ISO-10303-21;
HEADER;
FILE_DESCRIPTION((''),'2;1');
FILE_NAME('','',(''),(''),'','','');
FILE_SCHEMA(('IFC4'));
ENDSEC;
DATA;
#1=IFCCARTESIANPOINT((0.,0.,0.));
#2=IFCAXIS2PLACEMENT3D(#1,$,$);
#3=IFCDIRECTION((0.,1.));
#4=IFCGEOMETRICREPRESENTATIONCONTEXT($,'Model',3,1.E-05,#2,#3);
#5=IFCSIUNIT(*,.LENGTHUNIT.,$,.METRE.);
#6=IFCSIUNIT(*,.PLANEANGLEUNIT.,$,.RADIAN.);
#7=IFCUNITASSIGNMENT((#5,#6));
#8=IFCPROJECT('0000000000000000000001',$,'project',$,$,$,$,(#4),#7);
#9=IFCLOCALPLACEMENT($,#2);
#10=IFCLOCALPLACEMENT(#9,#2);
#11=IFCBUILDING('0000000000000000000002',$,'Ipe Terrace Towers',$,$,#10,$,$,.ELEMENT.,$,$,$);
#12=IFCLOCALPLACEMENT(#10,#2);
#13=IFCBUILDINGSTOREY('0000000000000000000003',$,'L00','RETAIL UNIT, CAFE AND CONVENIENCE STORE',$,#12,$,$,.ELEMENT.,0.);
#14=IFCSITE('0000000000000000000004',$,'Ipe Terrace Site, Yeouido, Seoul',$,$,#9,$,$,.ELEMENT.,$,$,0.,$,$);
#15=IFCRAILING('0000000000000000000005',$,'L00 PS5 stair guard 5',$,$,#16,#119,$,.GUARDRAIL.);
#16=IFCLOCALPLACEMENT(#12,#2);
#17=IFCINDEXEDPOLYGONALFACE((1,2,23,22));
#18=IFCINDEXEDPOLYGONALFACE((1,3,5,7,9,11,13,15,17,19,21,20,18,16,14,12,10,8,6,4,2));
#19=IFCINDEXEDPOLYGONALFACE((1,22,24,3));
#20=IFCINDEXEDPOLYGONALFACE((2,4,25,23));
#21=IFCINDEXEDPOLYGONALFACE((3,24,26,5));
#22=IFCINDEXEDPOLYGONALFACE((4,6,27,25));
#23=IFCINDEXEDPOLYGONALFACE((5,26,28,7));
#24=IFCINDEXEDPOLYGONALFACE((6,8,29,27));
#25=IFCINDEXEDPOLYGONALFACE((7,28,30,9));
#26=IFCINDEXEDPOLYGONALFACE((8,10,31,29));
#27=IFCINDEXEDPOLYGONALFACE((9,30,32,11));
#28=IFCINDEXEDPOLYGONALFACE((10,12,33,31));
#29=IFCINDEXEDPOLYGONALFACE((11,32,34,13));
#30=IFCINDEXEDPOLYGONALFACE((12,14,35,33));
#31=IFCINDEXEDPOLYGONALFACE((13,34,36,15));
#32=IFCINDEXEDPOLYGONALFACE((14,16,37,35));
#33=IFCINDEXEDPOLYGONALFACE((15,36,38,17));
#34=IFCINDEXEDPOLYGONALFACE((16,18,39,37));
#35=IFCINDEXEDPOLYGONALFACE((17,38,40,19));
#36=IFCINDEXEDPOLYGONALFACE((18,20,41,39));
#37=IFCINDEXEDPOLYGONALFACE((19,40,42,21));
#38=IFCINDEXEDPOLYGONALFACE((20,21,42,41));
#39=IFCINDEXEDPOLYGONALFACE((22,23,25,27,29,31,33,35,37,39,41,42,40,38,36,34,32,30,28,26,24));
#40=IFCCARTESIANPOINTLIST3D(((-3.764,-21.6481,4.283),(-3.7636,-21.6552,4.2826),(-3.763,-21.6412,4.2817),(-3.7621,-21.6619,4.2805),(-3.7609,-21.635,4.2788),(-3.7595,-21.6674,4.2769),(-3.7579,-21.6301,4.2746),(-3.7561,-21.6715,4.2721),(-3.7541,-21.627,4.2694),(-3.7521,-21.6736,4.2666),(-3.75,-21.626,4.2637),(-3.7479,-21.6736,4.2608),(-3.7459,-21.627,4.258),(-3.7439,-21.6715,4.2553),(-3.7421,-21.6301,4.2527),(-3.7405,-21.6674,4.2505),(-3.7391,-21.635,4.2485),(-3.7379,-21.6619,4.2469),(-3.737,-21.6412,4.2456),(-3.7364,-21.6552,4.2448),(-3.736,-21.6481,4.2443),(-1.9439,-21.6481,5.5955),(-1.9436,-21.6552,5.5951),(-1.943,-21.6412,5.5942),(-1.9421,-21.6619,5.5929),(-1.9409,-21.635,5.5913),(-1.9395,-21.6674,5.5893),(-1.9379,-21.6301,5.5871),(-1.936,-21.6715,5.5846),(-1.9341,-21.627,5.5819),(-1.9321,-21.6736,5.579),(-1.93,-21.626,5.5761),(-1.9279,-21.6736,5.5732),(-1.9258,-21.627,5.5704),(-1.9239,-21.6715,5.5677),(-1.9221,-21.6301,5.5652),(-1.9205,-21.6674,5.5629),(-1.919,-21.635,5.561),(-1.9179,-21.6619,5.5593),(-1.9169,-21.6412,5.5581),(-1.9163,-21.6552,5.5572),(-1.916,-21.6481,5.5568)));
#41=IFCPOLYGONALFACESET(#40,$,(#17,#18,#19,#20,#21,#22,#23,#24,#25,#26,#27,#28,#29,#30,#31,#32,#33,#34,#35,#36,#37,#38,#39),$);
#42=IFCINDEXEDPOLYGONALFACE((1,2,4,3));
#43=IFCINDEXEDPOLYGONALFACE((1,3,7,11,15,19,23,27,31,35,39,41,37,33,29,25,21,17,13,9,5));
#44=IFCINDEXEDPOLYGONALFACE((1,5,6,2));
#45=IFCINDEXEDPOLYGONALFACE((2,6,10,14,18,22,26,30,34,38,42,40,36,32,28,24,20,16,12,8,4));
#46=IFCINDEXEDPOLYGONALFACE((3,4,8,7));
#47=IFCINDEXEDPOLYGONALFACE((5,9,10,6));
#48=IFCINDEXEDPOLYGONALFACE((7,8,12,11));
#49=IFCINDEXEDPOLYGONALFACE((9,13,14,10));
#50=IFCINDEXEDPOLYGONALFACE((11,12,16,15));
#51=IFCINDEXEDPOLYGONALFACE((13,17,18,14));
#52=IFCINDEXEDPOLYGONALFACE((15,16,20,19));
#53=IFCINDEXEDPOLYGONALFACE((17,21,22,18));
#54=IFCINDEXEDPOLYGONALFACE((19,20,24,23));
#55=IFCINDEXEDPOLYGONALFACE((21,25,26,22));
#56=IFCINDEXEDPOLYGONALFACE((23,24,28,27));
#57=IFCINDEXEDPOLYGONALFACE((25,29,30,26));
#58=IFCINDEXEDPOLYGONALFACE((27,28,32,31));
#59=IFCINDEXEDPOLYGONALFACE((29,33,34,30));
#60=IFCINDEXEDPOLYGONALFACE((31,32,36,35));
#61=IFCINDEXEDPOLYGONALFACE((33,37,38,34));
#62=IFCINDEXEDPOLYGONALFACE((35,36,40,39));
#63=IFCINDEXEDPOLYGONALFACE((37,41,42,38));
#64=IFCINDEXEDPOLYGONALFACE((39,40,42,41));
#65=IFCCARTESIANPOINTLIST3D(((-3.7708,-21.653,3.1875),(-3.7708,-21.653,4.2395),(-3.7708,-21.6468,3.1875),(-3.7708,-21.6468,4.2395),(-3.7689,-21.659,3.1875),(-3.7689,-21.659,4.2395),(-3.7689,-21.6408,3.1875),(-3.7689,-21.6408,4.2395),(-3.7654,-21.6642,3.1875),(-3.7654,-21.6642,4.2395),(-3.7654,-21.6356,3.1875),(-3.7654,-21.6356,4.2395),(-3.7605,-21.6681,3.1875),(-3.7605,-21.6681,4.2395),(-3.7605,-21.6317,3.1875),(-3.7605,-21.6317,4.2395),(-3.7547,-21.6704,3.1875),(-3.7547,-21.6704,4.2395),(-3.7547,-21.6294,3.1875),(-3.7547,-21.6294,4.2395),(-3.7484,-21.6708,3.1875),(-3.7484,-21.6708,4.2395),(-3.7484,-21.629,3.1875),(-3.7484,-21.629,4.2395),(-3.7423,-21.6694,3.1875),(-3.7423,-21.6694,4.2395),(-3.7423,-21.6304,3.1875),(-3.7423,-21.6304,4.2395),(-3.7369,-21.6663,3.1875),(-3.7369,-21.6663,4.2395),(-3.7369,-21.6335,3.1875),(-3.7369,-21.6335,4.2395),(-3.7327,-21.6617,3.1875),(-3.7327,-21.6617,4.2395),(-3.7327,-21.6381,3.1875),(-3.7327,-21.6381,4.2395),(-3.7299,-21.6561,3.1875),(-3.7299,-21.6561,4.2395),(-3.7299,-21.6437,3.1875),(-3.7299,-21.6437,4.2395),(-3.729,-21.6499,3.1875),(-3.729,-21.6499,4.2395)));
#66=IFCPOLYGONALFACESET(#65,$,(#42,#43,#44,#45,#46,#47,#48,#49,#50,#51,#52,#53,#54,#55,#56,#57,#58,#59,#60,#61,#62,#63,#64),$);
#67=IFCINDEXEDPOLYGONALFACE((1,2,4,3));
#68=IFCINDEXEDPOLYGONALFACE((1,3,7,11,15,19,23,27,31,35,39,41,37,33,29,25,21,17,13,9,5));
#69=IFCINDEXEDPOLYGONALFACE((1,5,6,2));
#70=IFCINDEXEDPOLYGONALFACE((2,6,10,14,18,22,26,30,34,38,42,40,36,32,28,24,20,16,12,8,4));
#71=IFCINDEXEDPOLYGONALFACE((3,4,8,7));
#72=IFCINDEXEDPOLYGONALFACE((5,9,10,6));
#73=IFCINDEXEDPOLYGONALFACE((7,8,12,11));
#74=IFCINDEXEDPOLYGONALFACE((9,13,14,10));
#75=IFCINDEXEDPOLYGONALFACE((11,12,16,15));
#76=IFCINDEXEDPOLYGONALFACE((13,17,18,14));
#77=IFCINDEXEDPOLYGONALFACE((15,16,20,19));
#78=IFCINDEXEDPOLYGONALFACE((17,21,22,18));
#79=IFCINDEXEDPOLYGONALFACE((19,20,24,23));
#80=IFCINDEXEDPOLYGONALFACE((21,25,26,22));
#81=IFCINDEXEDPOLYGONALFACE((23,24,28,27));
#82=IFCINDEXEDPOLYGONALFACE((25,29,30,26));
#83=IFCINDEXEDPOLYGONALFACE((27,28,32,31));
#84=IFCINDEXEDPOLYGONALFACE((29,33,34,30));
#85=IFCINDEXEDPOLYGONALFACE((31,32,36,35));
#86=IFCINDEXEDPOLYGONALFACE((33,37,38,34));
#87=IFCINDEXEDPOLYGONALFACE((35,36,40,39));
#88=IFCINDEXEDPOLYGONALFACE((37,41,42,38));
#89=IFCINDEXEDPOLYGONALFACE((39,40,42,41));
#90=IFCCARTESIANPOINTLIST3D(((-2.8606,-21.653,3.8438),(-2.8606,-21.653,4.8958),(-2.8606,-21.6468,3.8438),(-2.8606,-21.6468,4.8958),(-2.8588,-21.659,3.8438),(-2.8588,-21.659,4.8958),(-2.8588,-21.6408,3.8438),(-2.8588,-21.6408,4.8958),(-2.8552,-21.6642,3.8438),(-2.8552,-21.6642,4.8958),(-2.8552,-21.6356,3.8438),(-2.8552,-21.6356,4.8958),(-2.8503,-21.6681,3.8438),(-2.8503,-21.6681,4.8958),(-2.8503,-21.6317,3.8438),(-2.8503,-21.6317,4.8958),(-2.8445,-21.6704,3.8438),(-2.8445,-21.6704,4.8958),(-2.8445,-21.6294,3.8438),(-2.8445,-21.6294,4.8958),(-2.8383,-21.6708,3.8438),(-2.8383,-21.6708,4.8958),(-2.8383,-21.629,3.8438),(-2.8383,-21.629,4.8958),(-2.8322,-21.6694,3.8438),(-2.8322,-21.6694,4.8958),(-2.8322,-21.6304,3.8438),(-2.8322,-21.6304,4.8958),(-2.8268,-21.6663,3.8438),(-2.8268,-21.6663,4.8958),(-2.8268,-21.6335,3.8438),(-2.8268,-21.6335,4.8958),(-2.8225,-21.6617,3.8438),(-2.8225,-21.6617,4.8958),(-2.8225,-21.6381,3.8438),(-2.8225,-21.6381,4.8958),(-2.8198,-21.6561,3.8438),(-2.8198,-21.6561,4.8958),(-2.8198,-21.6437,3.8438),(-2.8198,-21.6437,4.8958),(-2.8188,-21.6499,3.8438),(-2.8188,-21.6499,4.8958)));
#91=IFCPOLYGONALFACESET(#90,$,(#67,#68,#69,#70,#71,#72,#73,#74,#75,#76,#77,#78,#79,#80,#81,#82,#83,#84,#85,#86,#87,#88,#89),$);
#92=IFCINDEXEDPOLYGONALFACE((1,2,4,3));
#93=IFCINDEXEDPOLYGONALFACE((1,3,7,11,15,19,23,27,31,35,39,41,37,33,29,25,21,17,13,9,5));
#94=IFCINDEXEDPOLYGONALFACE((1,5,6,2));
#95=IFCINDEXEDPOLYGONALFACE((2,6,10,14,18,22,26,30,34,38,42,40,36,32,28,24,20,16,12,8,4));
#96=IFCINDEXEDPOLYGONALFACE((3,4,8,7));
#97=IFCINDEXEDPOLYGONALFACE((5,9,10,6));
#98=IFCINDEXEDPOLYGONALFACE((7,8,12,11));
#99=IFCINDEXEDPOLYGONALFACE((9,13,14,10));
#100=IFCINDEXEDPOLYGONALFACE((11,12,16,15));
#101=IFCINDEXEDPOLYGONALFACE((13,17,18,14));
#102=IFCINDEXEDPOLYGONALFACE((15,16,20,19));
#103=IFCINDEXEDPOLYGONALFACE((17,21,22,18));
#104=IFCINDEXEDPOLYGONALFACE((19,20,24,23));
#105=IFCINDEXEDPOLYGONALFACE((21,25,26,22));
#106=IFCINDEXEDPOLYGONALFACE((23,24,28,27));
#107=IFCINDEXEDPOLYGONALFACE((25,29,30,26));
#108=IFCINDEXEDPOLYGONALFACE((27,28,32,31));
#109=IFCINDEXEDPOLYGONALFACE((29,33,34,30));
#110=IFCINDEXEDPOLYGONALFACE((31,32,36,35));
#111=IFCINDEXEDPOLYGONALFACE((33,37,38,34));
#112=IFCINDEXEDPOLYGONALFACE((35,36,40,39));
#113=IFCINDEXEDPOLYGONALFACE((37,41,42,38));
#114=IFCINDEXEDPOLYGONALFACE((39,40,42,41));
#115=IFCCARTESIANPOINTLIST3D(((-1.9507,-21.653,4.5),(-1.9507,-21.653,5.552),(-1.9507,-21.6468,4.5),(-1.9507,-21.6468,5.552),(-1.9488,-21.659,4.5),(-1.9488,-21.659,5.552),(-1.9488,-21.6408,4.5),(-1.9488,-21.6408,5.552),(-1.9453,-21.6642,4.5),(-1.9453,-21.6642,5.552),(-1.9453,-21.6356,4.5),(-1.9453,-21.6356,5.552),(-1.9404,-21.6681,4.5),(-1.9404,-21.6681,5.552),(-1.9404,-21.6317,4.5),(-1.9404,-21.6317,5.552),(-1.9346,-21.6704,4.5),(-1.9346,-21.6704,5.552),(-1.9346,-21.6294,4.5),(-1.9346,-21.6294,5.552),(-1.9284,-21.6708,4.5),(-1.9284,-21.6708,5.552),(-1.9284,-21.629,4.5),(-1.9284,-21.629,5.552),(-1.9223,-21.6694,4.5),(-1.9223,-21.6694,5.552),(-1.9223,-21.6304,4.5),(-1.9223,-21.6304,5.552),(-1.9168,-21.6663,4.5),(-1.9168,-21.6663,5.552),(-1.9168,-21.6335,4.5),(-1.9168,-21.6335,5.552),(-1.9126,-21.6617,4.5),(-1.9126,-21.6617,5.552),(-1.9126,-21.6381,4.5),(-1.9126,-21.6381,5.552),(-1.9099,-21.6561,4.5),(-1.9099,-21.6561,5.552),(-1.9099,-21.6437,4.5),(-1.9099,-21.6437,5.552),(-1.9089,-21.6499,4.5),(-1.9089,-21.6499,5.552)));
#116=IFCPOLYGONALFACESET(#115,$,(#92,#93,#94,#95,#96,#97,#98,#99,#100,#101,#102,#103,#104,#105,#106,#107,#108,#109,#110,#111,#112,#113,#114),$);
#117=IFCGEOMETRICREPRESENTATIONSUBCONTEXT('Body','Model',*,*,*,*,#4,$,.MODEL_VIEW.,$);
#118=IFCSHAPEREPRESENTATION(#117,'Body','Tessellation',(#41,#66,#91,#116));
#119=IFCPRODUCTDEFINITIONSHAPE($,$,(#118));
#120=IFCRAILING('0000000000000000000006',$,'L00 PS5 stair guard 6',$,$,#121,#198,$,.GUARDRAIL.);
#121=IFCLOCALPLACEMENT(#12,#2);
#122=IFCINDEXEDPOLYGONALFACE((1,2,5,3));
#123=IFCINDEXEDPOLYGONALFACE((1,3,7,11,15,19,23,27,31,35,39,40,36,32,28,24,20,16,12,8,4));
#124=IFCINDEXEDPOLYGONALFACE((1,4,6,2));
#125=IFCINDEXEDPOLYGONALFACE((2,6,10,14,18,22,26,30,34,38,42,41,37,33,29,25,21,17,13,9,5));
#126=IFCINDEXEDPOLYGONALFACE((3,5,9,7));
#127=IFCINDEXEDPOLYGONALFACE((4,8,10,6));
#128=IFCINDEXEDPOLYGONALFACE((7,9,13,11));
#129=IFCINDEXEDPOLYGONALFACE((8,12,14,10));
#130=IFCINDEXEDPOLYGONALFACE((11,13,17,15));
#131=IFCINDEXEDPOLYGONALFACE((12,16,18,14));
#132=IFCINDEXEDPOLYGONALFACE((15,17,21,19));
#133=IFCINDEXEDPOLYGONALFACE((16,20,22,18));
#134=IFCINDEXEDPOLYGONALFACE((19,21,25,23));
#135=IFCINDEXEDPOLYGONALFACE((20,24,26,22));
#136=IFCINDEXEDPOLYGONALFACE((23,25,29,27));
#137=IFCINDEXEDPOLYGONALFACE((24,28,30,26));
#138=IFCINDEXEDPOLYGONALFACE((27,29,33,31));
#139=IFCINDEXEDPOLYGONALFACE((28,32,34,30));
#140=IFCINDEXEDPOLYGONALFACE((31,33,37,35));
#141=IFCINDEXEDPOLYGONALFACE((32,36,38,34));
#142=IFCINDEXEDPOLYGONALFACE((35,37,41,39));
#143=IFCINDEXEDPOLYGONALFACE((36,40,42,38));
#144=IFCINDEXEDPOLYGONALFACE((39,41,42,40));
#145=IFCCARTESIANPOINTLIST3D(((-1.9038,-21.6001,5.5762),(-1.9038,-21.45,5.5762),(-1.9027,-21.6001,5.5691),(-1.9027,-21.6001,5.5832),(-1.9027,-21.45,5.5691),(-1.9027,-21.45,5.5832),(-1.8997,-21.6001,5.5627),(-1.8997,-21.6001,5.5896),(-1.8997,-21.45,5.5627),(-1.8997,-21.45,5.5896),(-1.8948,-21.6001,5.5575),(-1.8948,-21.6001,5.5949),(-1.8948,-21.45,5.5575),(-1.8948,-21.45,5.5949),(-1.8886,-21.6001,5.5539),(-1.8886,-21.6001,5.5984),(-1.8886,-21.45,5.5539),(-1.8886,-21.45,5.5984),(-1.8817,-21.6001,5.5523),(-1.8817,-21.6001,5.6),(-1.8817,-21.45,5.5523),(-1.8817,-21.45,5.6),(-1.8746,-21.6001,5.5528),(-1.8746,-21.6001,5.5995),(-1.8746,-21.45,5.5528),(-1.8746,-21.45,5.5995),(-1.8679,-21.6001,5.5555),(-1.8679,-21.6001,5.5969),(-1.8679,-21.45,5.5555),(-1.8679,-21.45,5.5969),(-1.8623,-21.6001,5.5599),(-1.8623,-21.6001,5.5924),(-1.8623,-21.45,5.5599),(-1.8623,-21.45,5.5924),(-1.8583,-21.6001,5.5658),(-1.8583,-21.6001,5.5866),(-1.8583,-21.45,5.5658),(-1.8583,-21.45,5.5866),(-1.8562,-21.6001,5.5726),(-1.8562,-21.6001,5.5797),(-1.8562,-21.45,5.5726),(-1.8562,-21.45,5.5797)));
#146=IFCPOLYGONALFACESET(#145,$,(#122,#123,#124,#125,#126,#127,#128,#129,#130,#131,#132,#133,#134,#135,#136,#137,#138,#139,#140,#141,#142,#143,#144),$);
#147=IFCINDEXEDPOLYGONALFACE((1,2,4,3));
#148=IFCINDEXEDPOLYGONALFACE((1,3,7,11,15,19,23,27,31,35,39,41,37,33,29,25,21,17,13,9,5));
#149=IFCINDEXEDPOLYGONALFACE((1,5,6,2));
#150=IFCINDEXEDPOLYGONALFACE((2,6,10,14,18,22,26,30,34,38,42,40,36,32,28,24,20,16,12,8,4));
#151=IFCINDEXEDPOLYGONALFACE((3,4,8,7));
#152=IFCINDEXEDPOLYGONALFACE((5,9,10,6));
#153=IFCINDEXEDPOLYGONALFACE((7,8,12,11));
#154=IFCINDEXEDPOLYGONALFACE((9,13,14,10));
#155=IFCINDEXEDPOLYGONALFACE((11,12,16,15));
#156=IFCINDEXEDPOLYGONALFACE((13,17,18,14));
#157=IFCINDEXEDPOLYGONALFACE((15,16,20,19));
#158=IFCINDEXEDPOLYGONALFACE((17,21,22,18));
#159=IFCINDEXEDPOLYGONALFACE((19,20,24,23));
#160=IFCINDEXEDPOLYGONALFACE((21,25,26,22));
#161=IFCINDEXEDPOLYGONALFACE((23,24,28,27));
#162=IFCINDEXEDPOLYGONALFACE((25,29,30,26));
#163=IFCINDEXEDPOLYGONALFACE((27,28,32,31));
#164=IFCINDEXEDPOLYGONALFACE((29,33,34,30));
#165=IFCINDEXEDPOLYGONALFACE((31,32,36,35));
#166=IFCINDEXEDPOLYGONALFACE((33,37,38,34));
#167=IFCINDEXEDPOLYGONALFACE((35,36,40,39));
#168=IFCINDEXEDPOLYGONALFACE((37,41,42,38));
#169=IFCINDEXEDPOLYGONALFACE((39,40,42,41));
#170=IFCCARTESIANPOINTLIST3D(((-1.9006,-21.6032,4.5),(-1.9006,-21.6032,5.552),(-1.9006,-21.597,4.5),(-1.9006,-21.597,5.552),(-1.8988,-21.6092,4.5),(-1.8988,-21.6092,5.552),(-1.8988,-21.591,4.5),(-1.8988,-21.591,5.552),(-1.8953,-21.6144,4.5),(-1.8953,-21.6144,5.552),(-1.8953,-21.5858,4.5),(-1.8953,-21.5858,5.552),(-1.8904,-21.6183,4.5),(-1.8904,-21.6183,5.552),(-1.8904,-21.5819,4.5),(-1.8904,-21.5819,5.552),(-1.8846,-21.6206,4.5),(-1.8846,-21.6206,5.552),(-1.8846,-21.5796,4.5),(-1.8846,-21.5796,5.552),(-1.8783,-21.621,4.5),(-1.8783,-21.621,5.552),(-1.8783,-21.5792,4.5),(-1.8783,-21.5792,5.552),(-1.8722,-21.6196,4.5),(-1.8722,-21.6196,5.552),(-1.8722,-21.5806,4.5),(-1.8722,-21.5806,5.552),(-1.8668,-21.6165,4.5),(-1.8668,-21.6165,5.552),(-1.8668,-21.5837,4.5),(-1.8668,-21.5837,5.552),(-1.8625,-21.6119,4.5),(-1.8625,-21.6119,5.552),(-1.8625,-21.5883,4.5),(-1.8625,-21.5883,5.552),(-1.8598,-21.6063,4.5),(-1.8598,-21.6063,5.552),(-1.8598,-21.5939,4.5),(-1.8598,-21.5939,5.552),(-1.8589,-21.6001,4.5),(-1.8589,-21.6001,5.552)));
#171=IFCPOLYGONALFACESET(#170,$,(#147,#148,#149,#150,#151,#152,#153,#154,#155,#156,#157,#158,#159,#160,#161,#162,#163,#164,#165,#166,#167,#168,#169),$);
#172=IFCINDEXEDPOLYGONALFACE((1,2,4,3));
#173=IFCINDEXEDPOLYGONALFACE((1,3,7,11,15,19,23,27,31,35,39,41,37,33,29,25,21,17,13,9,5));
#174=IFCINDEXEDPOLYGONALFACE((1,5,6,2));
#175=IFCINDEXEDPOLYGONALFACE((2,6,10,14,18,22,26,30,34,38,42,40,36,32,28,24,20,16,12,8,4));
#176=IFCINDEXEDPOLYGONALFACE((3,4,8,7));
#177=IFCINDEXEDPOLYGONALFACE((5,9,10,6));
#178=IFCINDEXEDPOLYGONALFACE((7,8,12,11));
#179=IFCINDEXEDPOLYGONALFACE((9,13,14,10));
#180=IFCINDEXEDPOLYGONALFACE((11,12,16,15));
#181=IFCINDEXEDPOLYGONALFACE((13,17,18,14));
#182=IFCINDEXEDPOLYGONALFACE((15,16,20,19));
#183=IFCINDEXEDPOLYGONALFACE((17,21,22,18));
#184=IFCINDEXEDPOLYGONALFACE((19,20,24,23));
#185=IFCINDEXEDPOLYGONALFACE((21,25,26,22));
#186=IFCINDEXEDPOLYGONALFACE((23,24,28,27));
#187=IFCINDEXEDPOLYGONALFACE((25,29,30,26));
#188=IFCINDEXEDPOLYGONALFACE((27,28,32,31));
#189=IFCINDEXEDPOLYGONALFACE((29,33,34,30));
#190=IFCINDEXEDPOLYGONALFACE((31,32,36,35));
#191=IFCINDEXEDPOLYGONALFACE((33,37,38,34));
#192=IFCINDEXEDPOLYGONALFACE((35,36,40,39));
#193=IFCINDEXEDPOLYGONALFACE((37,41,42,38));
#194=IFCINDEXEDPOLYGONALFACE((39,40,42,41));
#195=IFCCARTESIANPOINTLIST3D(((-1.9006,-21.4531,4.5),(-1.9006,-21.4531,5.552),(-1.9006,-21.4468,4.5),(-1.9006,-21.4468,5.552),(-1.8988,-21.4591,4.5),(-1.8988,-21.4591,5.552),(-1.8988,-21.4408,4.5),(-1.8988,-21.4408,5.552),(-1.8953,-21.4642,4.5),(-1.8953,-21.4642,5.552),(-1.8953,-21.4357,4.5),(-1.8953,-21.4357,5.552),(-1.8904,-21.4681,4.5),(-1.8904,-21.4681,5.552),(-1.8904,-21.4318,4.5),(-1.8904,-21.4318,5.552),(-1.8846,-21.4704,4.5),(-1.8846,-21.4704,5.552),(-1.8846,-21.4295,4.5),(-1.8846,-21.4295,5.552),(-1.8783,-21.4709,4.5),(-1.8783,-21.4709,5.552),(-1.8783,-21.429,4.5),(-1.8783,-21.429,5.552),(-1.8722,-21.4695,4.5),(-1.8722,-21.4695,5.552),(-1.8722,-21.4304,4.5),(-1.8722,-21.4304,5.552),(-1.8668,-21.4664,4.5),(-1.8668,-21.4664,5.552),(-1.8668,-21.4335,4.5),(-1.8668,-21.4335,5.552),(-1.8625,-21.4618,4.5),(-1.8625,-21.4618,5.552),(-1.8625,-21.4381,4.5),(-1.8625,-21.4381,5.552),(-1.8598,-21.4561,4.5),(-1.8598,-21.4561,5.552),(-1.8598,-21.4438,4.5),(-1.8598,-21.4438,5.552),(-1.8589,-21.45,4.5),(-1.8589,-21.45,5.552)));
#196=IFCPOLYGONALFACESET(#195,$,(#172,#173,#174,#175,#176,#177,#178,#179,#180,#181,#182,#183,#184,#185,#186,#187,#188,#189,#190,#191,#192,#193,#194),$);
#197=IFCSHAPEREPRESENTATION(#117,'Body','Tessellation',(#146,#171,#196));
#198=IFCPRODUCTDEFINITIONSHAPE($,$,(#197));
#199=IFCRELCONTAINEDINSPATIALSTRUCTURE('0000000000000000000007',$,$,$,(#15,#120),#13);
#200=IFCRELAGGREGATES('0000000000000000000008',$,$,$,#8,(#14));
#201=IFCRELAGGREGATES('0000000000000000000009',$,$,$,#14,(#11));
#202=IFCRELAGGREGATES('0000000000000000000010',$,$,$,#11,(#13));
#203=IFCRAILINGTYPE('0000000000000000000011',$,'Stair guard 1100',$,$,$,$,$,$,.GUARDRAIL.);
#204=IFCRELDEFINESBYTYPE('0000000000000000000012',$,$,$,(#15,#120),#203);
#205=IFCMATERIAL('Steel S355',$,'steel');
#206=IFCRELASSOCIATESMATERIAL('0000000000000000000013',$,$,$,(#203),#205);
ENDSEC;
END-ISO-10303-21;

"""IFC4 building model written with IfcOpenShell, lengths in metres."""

from ifc_helpers import new_model, si_unit, direction, frame, origin, origin_2d, place, context, subcontext, project, spatial, circle, extrude, material, type_object, element, save


model = new_model("IFC4")

# Units and contexts
model_context = context("Model", 3, precision=1e-05, world=origin(), true_north=direction((0.0, 1.0)))
body_context = subcontext(model_context, "Body", "Model", "MODEL_VIEW")
ifc_project = project(units=[si_unit("LENGTHUNIT", "METRE"), si_unit("PLANEANGLEUNIT", "RADIAN")], contexts=[model_context])

# Site, building, storey
site_placement = place(None, origin())
site = spatial("IfcSite", under=ifc_project, at=site_placement, Name="Ipe Terrace Site, Yeouido, Seoul", CompositionType="ELEMENT", RefElevation=0.0)
building_placement = place(site_placement, origin())
building = spatial("IfcBuilding", under=site, at=building_placement, Name="Ipe Terrace Towers", CompositionType="ELEMENT")
storey_placement = place(building_placement, origin())
storey = spatial("IfcBuildingStorey", under=building, at=storey_placement, Name="L00", Description="RETAIL UNIT, CAFE AND CONVENIENCE STORE", CompositionType="ELEMENT", Elevation=0.0)

# Railings
ifc_material_1 = material(Name="Steel S355", Category="steel")
railing_type_1 = type_object("IfcRailingType", Name="Stair guard 1100", PredefinedType="GUARDRAIL", material=ifc_material_1)
railing_1_placement = place(storey_placement, frame((-3.75, -21.6499, 3.1875)))
element("IfcRailing", 1, at=railing_1_placement, inside=storey, type_object=railing_type_1, Name="L00 PS5 stair guard 5", PredefinedType="GUARDRAIL", context=body_context, shape_type="SweptSolid", body=[
    extrude(circle(Radius=0.0239, at=origin_2d()), frame((0.0, 0.0, 1.0762), z_axis=(0.811101, 0.0, 0.584906), x_axis=(0.0, 1.0, 0.0)), (0.0, 0.0, 1.0), 2.2439),
    extrude(circle(Radius=0.021, at=origin_2d()), origin(), (0.0, 0.0, 1.0), 1.052),
    extrude(circle(Radius=0.021, at=origin_2d()), frame((0.9102, 0.0, 0.6562)), (0.0, 0.0, 1.0), 1.052),
    extrude(circle(Radius=0.021, at=origin_2d()), frame((1.8201, 0.0, 1.3125)), (0.0, 0.0, 1.0), 1.052),
])
for number, where, name in (
    (2, (-1.8799, -21.6001, 4.5), "L00 PS5 stair guard 6"),
):
    element("IfcRailing", number, at=place(storey_placement, frame(where)), inside=storey, type_object=railing_type_1, Name=name, PredefinedType="GUARDRAIL", context=body_context, shape_type="SweptSolid", body=[
        extrude(circle(Radius=0.0239, at=origin_2d()), frame((0.0, 0.0, 1.0762), z_axis=(0.0, 1.0, 0.0), x_axis=(-1.0, 0.0, 0.0)), (0.0, 0.0, 1.0), 0.1501),
        extrude(circle(Radius=0.021, at=origin_2d()), origin(), (0.0, 0.0, 1.0), 1.052),
        extrude(circle(Radius=0.021, at=origin_2d()), frame((0.0, 0.1501, 0.0)), (0.0, 0.0, 1.0), 1.052),
    ])

save(model, "model.ifc")
